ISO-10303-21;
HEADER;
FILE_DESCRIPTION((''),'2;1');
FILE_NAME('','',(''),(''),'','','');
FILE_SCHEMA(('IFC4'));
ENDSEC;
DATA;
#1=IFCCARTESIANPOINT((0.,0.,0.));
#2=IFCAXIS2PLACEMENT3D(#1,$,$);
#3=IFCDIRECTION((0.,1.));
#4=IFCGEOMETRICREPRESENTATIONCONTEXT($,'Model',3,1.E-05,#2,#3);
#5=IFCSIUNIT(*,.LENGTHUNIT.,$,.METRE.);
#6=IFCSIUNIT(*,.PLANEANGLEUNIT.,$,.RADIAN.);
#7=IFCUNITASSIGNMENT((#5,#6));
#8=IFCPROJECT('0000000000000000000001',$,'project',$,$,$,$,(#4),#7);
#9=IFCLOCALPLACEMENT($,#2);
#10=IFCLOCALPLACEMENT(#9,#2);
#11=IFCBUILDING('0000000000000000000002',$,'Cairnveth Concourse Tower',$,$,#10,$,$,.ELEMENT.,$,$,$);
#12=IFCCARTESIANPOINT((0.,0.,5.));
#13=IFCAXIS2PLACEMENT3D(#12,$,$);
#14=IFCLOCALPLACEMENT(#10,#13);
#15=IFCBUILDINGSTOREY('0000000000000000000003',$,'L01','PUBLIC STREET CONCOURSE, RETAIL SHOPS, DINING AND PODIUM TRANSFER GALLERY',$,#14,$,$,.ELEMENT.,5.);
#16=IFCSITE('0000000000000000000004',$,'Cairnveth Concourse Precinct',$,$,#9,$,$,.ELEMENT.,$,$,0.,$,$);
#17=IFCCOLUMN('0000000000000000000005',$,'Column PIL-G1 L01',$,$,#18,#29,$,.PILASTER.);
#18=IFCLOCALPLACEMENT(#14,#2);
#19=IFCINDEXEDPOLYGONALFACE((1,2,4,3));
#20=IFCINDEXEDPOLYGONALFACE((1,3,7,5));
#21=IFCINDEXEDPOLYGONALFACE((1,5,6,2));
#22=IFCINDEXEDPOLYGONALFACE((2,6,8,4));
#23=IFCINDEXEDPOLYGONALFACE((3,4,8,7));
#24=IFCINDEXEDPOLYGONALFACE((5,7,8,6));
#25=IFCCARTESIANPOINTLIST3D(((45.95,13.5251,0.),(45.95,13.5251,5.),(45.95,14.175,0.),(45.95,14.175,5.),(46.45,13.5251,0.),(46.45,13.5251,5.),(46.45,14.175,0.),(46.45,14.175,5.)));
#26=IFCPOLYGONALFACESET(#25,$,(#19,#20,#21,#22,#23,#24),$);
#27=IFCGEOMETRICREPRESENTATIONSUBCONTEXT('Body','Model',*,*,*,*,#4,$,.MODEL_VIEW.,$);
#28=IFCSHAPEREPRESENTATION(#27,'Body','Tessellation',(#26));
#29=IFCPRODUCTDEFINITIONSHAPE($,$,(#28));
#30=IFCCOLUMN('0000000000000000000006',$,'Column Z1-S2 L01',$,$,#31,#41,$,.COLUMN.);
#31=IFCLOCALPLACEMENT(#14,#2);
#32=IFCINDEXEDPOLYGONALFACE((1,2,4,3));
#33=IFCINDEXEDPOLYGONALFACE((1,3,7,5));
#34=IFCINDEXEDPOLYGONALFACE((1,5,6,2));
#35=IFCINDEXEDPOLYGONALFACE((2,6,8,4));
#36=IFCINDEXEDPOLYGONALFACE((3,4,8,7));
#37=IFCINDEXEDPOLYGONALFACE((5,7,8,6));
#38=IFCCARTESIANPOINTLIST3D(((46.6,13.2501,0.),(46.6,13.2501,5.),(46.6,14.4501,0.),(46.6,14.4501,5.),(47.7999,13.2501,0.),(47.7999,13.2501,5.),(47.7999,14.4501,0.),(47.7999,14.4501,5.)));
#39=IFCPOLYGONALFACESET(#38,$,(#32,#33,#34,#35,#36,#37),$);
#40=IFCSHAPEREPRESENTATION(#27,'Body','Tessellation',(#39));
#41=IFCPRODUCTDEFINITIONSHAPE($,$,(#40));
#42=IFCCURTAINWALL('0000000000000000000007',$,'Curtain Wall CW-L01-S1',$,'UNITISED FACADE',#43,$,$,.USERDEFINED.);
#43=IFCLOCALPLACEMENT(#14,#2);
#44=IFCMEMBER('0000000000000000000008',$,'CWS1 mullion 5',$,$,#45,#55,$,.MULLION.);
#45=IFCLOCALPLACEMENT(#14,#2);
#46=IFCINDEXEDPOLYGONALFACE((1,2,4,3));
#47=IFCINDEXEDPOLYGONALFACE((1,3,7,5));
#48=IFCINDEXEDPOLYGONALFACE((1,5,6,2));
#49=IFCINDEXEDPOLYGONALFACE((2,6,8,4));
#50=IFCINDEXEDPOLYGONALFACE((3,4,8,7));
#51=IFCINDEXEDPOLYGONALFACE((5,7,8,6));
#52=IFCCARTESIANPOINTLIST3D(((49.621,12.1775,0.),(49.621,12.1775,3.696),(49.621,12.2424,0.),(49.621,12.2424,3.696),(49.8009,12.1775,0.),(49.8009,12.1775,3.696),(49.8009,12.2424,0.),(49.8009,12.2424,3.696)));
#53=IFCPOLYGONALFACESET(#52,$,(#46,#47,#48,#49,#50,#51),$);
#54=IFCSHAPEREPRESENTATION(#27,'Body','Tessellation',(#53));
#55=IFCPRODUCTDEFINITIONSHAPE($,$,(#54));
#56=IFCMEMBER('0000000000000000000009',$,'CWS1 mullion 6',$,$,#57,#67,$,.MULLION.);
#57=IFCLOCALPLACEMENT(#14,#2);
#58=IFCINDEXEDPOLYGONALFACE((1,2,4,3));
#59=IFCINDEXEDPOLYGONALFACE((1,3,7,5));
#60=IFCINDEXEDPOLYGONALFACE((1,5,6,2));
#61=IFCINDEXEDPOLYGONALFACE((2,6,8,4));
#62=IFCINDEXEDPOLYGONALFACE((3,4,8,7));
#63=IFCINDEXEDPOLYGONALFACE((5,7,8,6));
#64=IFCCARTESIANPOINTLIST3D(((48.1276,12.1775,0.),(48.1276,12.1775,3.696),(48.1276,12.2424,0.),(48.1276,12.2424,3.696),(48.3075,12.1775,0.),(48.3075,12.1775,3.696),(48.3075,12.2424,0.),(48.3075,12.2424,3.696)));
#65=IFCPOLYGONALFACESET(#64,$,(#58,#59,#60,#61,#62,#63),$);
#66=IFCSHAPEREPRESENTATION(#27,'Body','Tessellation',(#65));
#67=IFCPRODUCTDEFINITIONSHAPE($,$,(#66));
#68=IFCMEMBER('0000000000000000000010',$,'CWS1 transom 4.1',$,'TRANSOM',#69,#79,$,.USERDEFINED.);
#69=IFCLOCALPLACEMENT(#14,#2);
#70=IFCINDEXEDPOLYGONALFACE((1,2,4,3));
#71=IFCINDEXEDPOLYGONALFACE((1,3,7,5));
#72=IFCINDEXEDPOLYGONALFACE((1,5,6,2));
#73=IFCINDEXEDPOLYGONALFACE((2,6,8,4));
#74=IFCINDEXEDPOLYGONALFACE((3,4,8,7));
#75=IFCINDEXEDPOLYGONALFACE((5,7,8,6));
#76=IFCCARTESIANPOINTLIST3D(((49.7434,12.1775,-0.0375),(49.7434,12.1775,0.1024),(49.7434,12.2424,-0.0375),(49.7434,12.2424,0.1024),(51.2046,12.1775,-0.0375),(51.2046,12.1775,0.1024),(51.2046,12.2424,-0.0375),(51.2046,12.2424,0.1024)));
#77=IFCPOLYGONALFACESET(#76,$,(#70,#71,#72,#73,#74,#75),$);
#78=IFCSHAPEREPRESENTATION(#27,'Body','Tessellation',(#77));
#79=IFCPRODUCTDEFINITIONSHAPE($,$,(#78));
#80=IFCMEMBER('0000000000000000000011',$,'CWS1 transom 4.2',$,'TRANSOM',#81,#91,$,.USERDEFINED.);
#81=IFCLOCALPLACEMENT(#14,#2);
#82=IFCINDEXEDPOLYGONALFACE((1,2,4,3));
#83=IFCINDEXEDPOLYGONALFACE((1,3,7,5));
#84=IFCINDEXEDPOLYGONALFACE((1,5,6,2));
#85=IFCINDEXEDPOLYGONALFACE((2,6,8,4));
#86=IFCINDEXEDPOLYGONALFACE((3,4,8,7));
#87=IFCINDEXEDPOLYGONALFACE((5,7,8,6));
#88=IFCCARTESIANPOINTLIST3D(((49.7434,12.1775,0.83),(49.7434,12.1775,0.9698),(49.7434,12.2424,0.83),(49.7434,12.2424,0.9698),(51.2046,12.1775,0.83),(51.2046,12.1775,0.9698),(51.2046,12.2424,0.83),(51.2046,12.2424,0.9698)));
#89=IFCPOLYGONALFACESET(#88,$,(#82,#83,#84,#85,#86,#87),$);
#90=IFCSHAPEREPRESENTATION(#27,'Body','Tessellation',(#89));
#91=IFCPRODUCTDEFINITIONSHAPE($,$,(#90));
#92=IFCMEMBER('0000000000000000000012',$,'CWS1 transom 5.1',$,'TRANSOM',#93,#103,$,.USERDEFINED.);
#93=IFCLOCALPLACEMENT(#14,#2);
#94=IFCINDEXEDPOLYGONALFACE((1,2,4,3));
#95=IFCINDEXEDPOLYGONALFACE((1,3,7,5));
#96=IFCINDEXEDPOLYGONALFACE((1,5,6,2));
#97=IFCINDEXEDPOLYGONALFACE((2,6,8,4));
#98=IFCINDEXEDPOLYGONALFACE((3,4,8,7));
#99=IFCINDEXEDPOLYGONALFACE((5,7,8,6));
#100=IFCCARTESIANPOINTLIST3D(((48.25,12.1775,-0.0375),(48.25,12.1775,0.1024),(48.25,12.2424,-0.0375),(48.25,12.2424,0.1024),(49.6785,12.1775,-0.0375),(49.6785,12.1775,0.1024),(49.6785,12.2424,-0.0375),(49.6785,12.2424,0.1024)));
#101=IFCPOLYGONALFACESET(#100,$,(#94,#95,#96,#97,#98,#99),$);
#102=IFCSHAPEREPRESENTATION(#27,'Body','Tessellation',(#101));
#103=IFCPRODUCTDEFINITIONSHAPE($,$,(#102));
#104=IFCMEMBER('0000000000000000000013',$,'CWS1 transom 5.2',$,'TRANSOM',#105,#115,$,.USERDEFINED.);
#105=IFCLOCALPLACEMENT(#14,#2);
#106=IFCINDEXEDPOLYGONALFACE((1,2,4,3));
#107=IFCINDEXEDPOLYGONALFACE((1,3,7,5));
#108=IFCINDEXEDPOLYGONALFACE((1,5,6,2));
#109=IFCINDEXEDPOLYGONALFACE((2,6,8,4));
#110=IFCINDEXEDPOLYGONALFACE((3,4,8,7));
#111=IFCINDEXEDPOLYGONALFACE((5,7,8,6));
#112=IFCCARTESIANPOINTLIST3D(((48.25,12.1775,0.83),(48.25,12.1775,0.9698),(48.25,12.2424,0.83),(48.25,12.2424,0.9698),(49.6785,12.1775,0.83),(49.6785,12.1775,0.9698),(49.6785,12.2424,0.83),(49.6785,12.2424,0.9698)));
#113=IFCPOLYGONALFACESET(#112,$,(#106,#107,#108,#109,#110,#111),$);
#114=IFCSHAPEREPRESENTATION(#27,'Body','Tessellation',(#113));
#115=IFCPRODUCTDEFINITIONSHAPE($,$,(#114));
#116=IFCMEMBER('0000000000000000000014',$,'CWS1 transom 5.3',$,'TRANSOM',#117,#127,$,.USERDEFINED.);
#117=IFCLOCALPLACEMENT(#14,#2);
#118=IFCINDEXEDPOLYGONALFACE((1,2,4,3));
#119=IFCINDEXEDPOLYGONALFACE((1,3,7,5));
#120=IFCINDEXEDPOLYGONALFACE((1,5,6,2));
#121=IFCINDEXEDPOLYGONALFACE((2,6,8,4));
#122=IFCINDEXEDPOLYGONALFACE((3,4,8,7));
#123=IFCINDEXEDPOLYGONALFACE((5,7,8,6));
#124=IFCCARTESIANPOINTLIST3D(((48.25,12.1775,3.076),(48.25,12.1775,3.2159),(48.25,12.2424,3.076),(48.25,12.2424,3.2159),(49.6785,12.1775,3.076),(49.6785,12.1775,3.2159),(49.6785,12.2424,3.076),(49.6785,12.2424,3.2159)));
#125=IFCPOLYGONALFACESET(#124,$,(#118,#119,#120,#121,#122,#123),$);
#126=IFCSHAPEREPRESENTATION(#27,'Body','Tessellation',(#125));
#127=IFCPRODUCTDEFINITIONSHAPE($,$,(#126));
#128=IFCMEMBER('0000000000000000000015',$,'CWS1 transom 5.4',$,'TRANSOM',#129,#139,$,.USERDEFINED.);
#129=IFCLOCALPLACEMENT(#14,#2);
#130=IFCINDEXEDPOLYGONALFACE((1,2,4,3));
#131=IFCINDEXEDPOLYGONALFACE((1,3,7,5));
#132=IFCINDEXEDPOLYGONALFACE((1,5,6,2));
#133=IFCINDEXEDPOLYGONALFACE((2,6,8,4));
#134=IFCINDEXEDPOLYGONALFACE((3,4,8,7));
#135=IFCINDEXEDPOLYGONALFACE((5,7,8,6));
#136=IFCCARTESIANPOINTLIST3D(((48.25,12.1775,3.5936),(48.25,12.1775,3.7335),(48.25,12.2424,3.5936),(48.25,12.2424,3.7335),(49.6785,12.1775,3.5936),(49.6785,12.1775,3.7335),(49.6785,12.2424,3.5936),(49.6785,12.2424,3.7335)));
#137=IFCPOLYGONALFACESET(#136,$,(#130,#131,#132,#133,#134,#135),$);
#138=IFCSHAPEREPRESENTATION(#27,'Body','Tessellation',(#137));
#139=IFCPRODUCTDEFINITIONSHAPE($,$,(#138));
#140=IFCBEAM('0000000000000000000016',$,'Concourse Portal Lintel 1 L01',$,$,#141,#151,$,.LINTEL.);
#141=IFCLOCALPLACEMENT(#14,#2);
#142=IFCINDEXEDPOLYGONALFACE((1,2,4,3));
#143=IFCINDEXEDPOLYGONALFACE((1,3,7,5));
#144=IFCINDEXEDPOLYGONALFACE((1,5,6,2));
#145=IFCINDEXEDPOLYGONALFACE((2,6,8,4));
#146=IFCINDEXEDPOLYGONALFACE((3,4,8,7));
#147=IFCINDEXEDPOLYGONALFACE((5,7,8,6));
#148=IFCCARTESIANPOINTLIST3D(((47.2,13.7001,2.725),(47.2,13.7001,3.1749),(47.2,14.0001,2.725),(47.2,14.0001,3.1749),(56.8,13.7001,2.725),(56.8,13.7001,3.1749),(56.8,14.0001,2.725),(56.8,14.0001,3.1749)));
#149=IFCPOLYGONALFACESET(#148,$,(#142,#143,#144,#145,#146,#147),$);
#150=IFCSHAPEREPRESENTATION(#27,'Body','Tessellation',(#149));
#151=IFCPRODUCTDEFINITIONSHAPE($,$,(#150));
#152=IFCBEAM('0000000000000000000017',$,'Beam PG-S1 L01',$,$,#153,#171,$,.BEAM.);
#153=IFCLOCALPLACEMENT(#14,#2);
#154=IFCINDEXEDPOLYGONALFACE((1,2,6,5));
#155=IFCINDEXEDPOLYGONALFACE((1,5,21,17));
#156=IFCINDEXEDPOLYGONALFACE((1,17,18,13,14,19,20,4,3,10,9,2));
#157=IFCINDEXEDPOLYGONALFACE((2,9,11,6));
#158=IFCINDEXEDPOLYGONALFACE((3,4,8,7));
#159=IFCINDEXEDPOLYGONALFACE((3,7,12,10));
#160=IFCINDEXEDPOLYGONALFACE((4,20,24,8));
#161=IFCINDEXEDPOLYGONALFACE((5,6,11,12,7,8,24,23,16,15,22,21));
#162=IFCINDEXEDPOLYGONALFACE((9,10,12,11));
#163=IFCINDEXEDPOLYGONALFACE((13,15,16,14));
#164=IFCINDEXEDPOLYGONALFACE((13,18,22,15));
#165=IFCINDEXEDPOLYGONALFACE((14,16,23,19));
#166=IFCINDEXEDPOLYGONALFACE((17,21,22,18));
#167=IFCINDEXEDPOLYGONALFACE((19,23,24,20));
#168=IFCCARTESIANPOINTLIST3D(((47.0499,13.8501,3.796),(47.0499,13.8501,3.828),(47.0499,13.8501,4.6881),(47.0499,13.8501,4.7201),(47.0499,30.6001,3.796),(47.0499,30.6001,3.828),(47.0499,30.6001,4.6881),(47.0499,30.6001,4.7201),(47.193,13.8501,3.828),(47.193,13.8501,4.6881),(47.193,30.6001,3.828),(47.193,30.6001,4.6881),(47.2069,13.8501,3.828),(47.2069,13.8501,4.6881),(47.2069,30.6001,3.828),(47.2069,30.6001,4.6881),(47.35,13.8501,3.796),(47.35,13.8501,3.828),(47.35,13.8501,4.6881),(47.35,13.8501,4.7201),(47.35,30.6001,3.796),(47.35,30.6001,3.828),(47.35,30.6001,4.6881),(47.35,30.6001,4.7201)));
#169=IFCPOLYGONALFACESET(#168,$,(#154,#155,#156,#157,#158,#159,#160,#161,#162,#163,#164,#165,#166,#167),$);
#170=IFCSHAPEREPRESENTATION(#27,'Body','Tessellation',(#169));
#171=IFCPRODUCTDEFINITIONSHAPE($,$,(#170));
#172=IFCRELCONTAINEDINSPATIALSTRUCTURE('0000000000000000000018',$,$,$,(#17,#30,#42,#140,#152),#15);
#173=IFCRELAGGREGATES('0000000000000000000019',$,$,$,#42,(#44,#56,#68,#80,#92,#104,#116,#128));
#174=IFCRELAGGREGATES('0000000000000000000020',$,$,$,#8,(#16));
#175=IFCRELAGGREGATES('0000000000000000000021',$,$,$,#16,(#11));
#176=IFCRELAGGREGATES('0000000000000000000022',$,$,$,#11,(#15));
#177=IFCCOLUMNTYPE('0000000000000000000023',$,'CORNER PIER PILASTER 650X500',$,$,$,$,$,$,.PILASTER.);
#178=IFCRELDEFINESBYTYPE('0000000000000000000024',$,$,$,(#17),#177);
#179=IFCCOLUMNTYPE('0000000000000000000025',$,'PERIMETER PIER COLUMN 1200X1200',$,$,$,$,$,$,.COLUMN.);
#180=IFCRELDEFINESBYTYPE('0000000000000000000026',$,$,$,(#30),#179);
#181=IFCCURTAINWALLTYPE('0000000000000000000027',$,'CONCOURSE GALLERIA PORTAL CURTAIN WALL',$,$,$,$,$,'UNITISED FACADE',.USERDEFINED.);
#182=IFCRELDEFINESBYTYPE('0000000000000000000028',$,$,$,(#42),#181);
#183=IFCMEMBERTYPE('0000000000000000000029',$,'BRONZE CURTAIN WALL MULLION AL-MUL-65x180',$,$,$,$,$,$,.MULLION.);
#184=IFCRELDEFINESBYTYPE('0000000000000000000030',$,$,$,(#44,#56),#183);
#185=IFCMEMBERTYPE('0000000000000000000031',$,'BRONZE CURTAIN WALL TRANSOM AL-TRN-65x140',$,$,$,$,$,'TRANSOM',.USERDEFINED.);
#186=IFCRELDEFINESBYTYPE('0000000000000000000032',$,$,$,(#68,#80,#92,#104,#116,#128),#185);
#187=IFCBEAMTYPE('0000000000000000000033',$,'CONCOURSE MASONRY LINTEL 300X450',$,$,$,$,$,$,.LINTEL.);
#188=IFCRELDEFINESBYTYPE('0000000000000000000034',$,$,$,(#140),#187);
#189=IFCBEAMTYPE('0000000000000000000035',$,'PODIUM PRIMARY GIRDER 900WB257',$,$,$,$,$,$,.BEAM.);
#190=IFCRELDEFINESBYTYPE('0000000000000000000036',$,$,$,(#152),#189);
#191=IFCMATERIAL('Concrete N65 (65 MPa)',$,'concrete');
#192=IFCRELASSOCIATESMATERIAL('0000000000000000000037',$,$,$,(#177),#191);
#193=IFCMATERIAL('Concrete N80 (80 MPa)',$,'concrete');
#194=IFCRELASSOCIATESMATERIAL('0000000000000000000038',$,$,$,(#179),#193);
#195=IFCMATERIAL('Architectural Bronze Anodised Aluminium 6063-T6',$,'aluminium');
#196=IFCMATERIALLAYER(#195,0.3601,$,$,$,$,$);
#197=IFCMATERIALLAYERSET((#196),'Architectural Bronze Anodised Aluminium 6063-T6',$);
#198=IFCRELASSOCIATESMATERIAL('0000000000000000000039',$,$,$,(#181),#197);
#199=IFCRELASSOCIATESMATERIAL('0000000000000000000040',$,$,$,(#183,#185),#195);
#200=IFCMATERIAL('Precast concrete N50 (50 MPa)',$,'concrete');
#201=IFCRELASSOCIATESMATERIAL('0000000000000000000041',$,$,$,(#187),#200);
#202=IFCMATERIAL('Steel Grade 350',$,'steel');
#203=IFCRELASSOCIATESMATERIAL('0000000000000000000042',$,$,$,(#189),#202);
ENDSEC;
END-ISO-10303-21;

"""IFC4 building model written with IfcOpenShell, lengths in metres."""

from ifc_helpers import new_model, si_unit, direction, frame, origin, origin_2d, place, context, subcontext, project, spatial, rectangle, i_section, extrude, material, layer, layer_set, material_profile, profile_set, type_object, element, aggregate, save


model = new_model("IFC4")

# Units and contexts
model_context = context("Model", 3, precision=1e-05, world=origin(), true_north=direction((0.0, 1.0)))
body_context = subcontext(model_context, "Body", "Model", "MODEL_VIEW")
ifc_project = project(units=[si_unit("LENGTHUNIT", "METRE"), si_unit("PLANEANGLEUNIT", "RADIAN")], contexts=[model_context])

# Site, building, storey
site_placement = place(None, origin())
site = spatial("IfcSite", under=ifc_project, at=site_placement, Name="Cairnveth Concourse Precinct", CompositionType="ELEMENT", RefElevation=0.0)
building_placement = place(site_placement, origin())
building = spatial("IfcBuilding", under=site, at=building_placement, Name="Cairnveth Concourse Tower", CompositionType="ELEMENT")
storey_placement = place(building_placement, frame((0.0, 0.0, 5.0)))
storey = spatial("IfcBuildingStorey", under=building, at=storey_placement, Name="L01", Description="PUBLIC STREET CONCOURSE, RETAIL SHOPS, DINING AND PODIUM TRANSFER GALLERY", CompositionType="ELEMENT", Elevation=5.0)

# Columns
ifc_material_1 = material(Name="Concrete N65 (65 MPa)", Category="concrete")
ifc_material_profile_1 = material_profile(ifc_material_1, rectangle(XDim=0.5, YDim=0.6499, at=origin_2d()), Name="RC-PIL-650x500")
ifc_profile_set_1 = profile_set([ifc_material_profile_1], Name="Concrete N65 (65 MPa)")
column_type_1 = type_object("IfcColumnType", Name="CORNER PIER PILASTER 650X500", PredefinedType="PILASTER", material=ifc_profile_set_1)
column_1_placement = place(storey_placement, frame((46.2, 13.8501, 0.0), z_axis=(0.0, 0.0, 1.0), x_axis=(1.0, 0.0, 0.0)))
element("IfcColumn", 1, at=column_1_placement, inside=storey, type_object=column_type_1, Name="Column PIL-G1 L01", PredefinedType="PILASTER", context=body_context, shape_type="SweptSolid", body=[
    extrude(rectangle(XDim=0.5, YDim=0.6499, at=origin_2d()), origin(), (0.0, 0.0, 1.0), 5.0),
])
ifc_material_2 = material(Name="Concrete N80 (80 MPa)", Category="concrete")
ifc_material_profile_2 = material_profile(ifc_material_2, rectangle(XDim=1.2, YDim=1.2, at=origin_2d()), Name="RC-COL-1200x1200")
ifc_profile_set_2 = profile_set([ifc_material_profile_2], Name="Concrete N80 (80 MPa)")
column_type_2 = type_object("IfcColumnType", Name="PERIMETER PIER COLUMN 1200X1200", PredefinedType="COLUMN", material=ifc_profile_set_2)
column_2_placement = place(storey_placement, frame((47.2, 13.8501, 0.0), z_axis=(0.0, 0.0, 1.0), x_axis=(1.0, 0.0, 0.0)))
element("IfcColumn", 2, at=column_2_placement, inside=storey, type_object=column_type_2, Name="Column Z1-S2 L01", PredefinedType="COLUMN", context=body_context, shape_type="SweptSolid", body=[
    extrude(rectangle(XDim=1.2, YDim=1.2, at=origin_2d()), origin(), (0.0, 0.0, 1.0), 5.0),
])

# Curtain wall, members
ifc_material_3 = material(Name="Architectural Bronze Anodised Aluminium 6063-T6", Category="aluminium")
ifc_layer_1 = layer(ifc_material_3, 0.3601)
ifc_layer_set_1 = layer_set([ifc_layer_1], Name="Architectural Bronze Anodised Aluminium 6063-T6")
curtain_wall_type = type_object("IfcCurtainWallType", Name="CONCOURSE GALLERIA PORTAL CURTAIN WALL", ElementType="UNITISED FACADE", PredefinedType="USERDEFINED", material=ifc_layer_set_1)
curtain_wall_placement = place(storey_placement, origin())
curtain_wall = element("IfcCurtainWall", 3, at=curtain_wall_placement, inside=storey, type_object=curtain_wall_type, Name="Curtain Wall CW-L01-S1", ObjectType="UNITISED FACADE", PredefinedType="USERDEFINED")
ifc_material_profile_3 = material_profile(ifc_material_3, rectangle(XDim=0.0649, YDim=0.1799, at=origin_2d()), Name="AL-MUL-65x180")
ifc_profile_set_3 = profile_set([ifc_material_profile_3], Name="Architectural Bronze Anodised Aluminium 6063-T6")
member_type_1 = type_object("IfcMemberType", Name="BRONZE CURTAIN WALL MULLION AL-MUL-65x180", PredefinedType="MULLION", material=ifc_profile_set_3)
member_1_placement = place(storey_placement, frame((49.7109, 12.21, 0.0), z_axis=(0.0, 0.0, 1.0), x_axis=(0.0, -1.0, 0.0)))
member_1 = element("IfcMember", 4, at=member_1_placement, type_object=member_type_1, Name="CWS1 mullion 5", PredefinedType="MULLION", context=body_context, shape_type="SweptSolid", body=[
    extrude(rectangle(XDim=0.0649, YDim=0.1799, at=origin_2d()), origin(), (0.0, 0.0, 1.0), 3.696),
])
member_2_placement = place(storey_placement, frame((48.2175, 12.21, 0.0), z_axis=(0.0, 0.0, 1.0), x_axis=(0.0, -1.0, 0.0)))
member_2 = element("IfcMember", 5, at=member_2_placement, type_object=member_type_1, Name="CWS1 mullion 6", PredefinedType="MULLION", context=body_context, shape_type="SweptSolid", body=[
    extrude(rectangle(XDim=0.0649, YDim=0.1799, at=origin_2d()), origin(), (0.0, 0.0, 1.0), 3.696),
])
ifc_material_profile_4 = material_profile(ifc_material_3, rectangle(XDim=0.0649, YDim=0.1399, at=origin_2d()), Name="AL-TRN-65x140")
ifc_profile_set_4 = profile_set([ifc_material_profile_4], Name="Architectural Bronze Anodised Aluminium 6063-T6")
member_type_2 = type_object("IfcMemberType", Name="BRONZE CURTAIN WALL TRANSOM AL-TRN-65x140", ElementType="TRANSOM", PredefinedType="USERDEFINED", material=ifc_profile_set_4)
member_3_placement = place(storey_placement, frame((51.2046, 12.21, 0.0325), z_axis=(-1.0, 0.0, 0.0), x_axis=(0.0, -1.0, 0.0)))
member_3 = element("IfcMember", 6, at=member_3_placement, type_object=member_type_2, Name="CWS1 transom 4.1", ObjectType="TRANSOM", PredefinedType="USERDEFINED", context=body_context, shape_type="SweptSolid", body=[
    extrude(rectangle(XDim=0.0649, YDim=0.1399, at=origin_2d()), origin(), (0.0, 0.0, 1.0), 1.4612),
])
member_4_placement = place(storey_placement, frame((51.2046, 12.21, 0.8999), z_axis=(-1.0, 0.0, 0.0), x_axis=(0.0, -1.0, 0.0)))
member_4 = element("IfcMember", 7, at=member_4_placement, type_object=member_type_2, Name="CWS1 transom 4.2", ObjectType="TRANSOM", PredefinedType="USERDEFINED", context=body_context, shape_type="SweptSolid", body=[
    extrude(rectangle(XDim=0.0649, YDim=0.1399, at=origin_2d()), origin(), (0.0, 0.0, 1.0), 1.4612),
])
member_5_placement = place(storey_placement, frame((49.6785, 12.21, 0.0325), z_axis=(-1.0, 0.0, 0.0), x_axis=(0.0, -1.0, 0.0)))
member_5 = element("IfcMember", 8, at=member_5_placement, type_object=member_type_2, Name="CWS1 transom 5.1", ObjectType="TRANSOM", PredefinedType="USERDEFINED", context=body_context, shape_type="SweptSolid", body=[
    extrude(rectangle(XDim=0.0649, YDim=0.1399, at=origin_2d()), origin(), (0.0, 0.0, 1.0), 1.4285),
])
member_6_placement = place(storey_placement, frame((49.6785, 12.21, 0.8999), z_axis=(-1.0, 0.0, 0.0), x_axis=(0.0, -1.0, 0.0)))
member_6 = element("IfcMember", 9, at=member_6_placement, type_object=member_type_2, Name="CWS1 transom 5.2", ObjectType="TRANSOM", PredefinedType="USERDEFINED", context=body_context, shape_type="SweptSolid", body=[
    extrude(rectangle(XDim=0.0649, YDim=0.1399, at=origin_2d()), origin(), (0.0, 0.0, 1.0), 1.4285),
])
member_7_placement = place(storey_placement, frame((49.6785, 12.21, 3.146), z_axis=(-1.0, 0.0, 0.0), x_axis=(0.0, -1.0, 0.0)))
member_7 = element("IfcMember", 10, at=member_7_placement, type_object=member_type_2, Name="CWS1 transom 5.3", ObjectType="TRANSOM", PredefinedType="USERDEFINED", context=body_context, shape_type="SweptSolid", body=[
    extrude(rectangle(XDim=0.0649, YDim=0.1399, at=origin_2d()), origin(), (0.0, 0.0, 1.0), 1.4285),
])
member_8_placement = place(storey_placement, frame((49.6785, 12.21, 3.6636), z_axis=(-1.0, 0.0, 0.0), x_axis=(0.0, -1.0, 0.0)))
member_8 = element("IfcMember", 11, at=member_8_placement, type_object=member_type_2, Name="CWS1 transom 5.4", ObjectType="TRANSOM", PredefinedType="USERDEFINED", context=body_context, shape_type="SweptSolid", body=[
    extrude(rectangle(XDim=0.0649, YDim=0.1399, at=origin_2d()), origin(), (0.0, 0.0, 1.0), 1.4285),
])

# Beams
ifc_material_4 = material(Name="Precast concrete N50 (50 MPa)", Category="concrete")
ifc_material_profile_5 = material_profile(ifc_material_4, rectangle(XDim=0.3, YDim=0.45, at=origin_2d()), Name="RC-LNT-300x450")
ifc_profile_set_5 = profile_set([ifc_material_profile_5], Name="Precast concrete N50 (50 MPa)")
beam_type_1 = type_object("IfcBeamType", Name="CONCOURSE MASONRY LINTEL 300X450", PredefinedType="LINTEL", material=ifc_profile_set_5)
beam_1_placement = place(storey_placement, frame((47.2, 13.8501, 2.95), z_axis=(1.0, 0.0, 0.0), x_axis=(0.0, 1.0, 0.0)))
element("IfcBeam", 12, at=beam_1_placement, inside=storey, type_object=beam_type_1, Name="Concourse Portal Lintel 1 L01", PredefinedType="LINTEL", context=body_context, shape_type="SweptSolid", body=[
    extrude(rectangle(XDim=0.3, YDim=0.45, at=origin_2d()), origin(), (0.0, 0.0, 1.0), 9.6001),
])
ifc_material_5 = material(Name="Steel Grade 350", Category="steel")
ifc_material_profile_6 = material_profile(ifc_material_5, i_section(OverallWidth=0.3, OverallDepth=0.9241, WebThickness=0.0139, FlangeThickness=0.032, at=origin_2d()), Name="900WB257")
ifc_profile_set_6 = profile_set([ifc_material_profile_6], Name="Steel Grade 350")
beam_type_2 = type_object("IfcBeamType", Name="PODIUM PRIMARY GIRDER 900WB257", PredefinedType="BEAM", material=ifc_profile_set_6)
beam_2_placement = place(storey_placement, frame((47.2, 13.8501, 4.2581), z_axis=(0.0, 1.0, 0.0), x_axis=(-1.0, 0.0, 0.0)))
element("IfcBeam", 13, at=beam_2_placement, inside=storey, type_object=beam_type_2, Name="Beam PG-S1 L01", PredefinedType="BEAM", context=body_context, shape_type="SweptSolid", body=[
    extrude(i_section(OverallWidth=0.3, OverallDepth=0.9241, WebThickness=0.0139, FlangeThickness=0.032, at=origin_2d()), origin(), (0.0, 0.0, 1.0), 16.75),
])

aggregate(curtain_wall, [member_1, member_2, member_3, member_4, member_5, member_6, member_7, member_8])

save(model, "model.ifc")
